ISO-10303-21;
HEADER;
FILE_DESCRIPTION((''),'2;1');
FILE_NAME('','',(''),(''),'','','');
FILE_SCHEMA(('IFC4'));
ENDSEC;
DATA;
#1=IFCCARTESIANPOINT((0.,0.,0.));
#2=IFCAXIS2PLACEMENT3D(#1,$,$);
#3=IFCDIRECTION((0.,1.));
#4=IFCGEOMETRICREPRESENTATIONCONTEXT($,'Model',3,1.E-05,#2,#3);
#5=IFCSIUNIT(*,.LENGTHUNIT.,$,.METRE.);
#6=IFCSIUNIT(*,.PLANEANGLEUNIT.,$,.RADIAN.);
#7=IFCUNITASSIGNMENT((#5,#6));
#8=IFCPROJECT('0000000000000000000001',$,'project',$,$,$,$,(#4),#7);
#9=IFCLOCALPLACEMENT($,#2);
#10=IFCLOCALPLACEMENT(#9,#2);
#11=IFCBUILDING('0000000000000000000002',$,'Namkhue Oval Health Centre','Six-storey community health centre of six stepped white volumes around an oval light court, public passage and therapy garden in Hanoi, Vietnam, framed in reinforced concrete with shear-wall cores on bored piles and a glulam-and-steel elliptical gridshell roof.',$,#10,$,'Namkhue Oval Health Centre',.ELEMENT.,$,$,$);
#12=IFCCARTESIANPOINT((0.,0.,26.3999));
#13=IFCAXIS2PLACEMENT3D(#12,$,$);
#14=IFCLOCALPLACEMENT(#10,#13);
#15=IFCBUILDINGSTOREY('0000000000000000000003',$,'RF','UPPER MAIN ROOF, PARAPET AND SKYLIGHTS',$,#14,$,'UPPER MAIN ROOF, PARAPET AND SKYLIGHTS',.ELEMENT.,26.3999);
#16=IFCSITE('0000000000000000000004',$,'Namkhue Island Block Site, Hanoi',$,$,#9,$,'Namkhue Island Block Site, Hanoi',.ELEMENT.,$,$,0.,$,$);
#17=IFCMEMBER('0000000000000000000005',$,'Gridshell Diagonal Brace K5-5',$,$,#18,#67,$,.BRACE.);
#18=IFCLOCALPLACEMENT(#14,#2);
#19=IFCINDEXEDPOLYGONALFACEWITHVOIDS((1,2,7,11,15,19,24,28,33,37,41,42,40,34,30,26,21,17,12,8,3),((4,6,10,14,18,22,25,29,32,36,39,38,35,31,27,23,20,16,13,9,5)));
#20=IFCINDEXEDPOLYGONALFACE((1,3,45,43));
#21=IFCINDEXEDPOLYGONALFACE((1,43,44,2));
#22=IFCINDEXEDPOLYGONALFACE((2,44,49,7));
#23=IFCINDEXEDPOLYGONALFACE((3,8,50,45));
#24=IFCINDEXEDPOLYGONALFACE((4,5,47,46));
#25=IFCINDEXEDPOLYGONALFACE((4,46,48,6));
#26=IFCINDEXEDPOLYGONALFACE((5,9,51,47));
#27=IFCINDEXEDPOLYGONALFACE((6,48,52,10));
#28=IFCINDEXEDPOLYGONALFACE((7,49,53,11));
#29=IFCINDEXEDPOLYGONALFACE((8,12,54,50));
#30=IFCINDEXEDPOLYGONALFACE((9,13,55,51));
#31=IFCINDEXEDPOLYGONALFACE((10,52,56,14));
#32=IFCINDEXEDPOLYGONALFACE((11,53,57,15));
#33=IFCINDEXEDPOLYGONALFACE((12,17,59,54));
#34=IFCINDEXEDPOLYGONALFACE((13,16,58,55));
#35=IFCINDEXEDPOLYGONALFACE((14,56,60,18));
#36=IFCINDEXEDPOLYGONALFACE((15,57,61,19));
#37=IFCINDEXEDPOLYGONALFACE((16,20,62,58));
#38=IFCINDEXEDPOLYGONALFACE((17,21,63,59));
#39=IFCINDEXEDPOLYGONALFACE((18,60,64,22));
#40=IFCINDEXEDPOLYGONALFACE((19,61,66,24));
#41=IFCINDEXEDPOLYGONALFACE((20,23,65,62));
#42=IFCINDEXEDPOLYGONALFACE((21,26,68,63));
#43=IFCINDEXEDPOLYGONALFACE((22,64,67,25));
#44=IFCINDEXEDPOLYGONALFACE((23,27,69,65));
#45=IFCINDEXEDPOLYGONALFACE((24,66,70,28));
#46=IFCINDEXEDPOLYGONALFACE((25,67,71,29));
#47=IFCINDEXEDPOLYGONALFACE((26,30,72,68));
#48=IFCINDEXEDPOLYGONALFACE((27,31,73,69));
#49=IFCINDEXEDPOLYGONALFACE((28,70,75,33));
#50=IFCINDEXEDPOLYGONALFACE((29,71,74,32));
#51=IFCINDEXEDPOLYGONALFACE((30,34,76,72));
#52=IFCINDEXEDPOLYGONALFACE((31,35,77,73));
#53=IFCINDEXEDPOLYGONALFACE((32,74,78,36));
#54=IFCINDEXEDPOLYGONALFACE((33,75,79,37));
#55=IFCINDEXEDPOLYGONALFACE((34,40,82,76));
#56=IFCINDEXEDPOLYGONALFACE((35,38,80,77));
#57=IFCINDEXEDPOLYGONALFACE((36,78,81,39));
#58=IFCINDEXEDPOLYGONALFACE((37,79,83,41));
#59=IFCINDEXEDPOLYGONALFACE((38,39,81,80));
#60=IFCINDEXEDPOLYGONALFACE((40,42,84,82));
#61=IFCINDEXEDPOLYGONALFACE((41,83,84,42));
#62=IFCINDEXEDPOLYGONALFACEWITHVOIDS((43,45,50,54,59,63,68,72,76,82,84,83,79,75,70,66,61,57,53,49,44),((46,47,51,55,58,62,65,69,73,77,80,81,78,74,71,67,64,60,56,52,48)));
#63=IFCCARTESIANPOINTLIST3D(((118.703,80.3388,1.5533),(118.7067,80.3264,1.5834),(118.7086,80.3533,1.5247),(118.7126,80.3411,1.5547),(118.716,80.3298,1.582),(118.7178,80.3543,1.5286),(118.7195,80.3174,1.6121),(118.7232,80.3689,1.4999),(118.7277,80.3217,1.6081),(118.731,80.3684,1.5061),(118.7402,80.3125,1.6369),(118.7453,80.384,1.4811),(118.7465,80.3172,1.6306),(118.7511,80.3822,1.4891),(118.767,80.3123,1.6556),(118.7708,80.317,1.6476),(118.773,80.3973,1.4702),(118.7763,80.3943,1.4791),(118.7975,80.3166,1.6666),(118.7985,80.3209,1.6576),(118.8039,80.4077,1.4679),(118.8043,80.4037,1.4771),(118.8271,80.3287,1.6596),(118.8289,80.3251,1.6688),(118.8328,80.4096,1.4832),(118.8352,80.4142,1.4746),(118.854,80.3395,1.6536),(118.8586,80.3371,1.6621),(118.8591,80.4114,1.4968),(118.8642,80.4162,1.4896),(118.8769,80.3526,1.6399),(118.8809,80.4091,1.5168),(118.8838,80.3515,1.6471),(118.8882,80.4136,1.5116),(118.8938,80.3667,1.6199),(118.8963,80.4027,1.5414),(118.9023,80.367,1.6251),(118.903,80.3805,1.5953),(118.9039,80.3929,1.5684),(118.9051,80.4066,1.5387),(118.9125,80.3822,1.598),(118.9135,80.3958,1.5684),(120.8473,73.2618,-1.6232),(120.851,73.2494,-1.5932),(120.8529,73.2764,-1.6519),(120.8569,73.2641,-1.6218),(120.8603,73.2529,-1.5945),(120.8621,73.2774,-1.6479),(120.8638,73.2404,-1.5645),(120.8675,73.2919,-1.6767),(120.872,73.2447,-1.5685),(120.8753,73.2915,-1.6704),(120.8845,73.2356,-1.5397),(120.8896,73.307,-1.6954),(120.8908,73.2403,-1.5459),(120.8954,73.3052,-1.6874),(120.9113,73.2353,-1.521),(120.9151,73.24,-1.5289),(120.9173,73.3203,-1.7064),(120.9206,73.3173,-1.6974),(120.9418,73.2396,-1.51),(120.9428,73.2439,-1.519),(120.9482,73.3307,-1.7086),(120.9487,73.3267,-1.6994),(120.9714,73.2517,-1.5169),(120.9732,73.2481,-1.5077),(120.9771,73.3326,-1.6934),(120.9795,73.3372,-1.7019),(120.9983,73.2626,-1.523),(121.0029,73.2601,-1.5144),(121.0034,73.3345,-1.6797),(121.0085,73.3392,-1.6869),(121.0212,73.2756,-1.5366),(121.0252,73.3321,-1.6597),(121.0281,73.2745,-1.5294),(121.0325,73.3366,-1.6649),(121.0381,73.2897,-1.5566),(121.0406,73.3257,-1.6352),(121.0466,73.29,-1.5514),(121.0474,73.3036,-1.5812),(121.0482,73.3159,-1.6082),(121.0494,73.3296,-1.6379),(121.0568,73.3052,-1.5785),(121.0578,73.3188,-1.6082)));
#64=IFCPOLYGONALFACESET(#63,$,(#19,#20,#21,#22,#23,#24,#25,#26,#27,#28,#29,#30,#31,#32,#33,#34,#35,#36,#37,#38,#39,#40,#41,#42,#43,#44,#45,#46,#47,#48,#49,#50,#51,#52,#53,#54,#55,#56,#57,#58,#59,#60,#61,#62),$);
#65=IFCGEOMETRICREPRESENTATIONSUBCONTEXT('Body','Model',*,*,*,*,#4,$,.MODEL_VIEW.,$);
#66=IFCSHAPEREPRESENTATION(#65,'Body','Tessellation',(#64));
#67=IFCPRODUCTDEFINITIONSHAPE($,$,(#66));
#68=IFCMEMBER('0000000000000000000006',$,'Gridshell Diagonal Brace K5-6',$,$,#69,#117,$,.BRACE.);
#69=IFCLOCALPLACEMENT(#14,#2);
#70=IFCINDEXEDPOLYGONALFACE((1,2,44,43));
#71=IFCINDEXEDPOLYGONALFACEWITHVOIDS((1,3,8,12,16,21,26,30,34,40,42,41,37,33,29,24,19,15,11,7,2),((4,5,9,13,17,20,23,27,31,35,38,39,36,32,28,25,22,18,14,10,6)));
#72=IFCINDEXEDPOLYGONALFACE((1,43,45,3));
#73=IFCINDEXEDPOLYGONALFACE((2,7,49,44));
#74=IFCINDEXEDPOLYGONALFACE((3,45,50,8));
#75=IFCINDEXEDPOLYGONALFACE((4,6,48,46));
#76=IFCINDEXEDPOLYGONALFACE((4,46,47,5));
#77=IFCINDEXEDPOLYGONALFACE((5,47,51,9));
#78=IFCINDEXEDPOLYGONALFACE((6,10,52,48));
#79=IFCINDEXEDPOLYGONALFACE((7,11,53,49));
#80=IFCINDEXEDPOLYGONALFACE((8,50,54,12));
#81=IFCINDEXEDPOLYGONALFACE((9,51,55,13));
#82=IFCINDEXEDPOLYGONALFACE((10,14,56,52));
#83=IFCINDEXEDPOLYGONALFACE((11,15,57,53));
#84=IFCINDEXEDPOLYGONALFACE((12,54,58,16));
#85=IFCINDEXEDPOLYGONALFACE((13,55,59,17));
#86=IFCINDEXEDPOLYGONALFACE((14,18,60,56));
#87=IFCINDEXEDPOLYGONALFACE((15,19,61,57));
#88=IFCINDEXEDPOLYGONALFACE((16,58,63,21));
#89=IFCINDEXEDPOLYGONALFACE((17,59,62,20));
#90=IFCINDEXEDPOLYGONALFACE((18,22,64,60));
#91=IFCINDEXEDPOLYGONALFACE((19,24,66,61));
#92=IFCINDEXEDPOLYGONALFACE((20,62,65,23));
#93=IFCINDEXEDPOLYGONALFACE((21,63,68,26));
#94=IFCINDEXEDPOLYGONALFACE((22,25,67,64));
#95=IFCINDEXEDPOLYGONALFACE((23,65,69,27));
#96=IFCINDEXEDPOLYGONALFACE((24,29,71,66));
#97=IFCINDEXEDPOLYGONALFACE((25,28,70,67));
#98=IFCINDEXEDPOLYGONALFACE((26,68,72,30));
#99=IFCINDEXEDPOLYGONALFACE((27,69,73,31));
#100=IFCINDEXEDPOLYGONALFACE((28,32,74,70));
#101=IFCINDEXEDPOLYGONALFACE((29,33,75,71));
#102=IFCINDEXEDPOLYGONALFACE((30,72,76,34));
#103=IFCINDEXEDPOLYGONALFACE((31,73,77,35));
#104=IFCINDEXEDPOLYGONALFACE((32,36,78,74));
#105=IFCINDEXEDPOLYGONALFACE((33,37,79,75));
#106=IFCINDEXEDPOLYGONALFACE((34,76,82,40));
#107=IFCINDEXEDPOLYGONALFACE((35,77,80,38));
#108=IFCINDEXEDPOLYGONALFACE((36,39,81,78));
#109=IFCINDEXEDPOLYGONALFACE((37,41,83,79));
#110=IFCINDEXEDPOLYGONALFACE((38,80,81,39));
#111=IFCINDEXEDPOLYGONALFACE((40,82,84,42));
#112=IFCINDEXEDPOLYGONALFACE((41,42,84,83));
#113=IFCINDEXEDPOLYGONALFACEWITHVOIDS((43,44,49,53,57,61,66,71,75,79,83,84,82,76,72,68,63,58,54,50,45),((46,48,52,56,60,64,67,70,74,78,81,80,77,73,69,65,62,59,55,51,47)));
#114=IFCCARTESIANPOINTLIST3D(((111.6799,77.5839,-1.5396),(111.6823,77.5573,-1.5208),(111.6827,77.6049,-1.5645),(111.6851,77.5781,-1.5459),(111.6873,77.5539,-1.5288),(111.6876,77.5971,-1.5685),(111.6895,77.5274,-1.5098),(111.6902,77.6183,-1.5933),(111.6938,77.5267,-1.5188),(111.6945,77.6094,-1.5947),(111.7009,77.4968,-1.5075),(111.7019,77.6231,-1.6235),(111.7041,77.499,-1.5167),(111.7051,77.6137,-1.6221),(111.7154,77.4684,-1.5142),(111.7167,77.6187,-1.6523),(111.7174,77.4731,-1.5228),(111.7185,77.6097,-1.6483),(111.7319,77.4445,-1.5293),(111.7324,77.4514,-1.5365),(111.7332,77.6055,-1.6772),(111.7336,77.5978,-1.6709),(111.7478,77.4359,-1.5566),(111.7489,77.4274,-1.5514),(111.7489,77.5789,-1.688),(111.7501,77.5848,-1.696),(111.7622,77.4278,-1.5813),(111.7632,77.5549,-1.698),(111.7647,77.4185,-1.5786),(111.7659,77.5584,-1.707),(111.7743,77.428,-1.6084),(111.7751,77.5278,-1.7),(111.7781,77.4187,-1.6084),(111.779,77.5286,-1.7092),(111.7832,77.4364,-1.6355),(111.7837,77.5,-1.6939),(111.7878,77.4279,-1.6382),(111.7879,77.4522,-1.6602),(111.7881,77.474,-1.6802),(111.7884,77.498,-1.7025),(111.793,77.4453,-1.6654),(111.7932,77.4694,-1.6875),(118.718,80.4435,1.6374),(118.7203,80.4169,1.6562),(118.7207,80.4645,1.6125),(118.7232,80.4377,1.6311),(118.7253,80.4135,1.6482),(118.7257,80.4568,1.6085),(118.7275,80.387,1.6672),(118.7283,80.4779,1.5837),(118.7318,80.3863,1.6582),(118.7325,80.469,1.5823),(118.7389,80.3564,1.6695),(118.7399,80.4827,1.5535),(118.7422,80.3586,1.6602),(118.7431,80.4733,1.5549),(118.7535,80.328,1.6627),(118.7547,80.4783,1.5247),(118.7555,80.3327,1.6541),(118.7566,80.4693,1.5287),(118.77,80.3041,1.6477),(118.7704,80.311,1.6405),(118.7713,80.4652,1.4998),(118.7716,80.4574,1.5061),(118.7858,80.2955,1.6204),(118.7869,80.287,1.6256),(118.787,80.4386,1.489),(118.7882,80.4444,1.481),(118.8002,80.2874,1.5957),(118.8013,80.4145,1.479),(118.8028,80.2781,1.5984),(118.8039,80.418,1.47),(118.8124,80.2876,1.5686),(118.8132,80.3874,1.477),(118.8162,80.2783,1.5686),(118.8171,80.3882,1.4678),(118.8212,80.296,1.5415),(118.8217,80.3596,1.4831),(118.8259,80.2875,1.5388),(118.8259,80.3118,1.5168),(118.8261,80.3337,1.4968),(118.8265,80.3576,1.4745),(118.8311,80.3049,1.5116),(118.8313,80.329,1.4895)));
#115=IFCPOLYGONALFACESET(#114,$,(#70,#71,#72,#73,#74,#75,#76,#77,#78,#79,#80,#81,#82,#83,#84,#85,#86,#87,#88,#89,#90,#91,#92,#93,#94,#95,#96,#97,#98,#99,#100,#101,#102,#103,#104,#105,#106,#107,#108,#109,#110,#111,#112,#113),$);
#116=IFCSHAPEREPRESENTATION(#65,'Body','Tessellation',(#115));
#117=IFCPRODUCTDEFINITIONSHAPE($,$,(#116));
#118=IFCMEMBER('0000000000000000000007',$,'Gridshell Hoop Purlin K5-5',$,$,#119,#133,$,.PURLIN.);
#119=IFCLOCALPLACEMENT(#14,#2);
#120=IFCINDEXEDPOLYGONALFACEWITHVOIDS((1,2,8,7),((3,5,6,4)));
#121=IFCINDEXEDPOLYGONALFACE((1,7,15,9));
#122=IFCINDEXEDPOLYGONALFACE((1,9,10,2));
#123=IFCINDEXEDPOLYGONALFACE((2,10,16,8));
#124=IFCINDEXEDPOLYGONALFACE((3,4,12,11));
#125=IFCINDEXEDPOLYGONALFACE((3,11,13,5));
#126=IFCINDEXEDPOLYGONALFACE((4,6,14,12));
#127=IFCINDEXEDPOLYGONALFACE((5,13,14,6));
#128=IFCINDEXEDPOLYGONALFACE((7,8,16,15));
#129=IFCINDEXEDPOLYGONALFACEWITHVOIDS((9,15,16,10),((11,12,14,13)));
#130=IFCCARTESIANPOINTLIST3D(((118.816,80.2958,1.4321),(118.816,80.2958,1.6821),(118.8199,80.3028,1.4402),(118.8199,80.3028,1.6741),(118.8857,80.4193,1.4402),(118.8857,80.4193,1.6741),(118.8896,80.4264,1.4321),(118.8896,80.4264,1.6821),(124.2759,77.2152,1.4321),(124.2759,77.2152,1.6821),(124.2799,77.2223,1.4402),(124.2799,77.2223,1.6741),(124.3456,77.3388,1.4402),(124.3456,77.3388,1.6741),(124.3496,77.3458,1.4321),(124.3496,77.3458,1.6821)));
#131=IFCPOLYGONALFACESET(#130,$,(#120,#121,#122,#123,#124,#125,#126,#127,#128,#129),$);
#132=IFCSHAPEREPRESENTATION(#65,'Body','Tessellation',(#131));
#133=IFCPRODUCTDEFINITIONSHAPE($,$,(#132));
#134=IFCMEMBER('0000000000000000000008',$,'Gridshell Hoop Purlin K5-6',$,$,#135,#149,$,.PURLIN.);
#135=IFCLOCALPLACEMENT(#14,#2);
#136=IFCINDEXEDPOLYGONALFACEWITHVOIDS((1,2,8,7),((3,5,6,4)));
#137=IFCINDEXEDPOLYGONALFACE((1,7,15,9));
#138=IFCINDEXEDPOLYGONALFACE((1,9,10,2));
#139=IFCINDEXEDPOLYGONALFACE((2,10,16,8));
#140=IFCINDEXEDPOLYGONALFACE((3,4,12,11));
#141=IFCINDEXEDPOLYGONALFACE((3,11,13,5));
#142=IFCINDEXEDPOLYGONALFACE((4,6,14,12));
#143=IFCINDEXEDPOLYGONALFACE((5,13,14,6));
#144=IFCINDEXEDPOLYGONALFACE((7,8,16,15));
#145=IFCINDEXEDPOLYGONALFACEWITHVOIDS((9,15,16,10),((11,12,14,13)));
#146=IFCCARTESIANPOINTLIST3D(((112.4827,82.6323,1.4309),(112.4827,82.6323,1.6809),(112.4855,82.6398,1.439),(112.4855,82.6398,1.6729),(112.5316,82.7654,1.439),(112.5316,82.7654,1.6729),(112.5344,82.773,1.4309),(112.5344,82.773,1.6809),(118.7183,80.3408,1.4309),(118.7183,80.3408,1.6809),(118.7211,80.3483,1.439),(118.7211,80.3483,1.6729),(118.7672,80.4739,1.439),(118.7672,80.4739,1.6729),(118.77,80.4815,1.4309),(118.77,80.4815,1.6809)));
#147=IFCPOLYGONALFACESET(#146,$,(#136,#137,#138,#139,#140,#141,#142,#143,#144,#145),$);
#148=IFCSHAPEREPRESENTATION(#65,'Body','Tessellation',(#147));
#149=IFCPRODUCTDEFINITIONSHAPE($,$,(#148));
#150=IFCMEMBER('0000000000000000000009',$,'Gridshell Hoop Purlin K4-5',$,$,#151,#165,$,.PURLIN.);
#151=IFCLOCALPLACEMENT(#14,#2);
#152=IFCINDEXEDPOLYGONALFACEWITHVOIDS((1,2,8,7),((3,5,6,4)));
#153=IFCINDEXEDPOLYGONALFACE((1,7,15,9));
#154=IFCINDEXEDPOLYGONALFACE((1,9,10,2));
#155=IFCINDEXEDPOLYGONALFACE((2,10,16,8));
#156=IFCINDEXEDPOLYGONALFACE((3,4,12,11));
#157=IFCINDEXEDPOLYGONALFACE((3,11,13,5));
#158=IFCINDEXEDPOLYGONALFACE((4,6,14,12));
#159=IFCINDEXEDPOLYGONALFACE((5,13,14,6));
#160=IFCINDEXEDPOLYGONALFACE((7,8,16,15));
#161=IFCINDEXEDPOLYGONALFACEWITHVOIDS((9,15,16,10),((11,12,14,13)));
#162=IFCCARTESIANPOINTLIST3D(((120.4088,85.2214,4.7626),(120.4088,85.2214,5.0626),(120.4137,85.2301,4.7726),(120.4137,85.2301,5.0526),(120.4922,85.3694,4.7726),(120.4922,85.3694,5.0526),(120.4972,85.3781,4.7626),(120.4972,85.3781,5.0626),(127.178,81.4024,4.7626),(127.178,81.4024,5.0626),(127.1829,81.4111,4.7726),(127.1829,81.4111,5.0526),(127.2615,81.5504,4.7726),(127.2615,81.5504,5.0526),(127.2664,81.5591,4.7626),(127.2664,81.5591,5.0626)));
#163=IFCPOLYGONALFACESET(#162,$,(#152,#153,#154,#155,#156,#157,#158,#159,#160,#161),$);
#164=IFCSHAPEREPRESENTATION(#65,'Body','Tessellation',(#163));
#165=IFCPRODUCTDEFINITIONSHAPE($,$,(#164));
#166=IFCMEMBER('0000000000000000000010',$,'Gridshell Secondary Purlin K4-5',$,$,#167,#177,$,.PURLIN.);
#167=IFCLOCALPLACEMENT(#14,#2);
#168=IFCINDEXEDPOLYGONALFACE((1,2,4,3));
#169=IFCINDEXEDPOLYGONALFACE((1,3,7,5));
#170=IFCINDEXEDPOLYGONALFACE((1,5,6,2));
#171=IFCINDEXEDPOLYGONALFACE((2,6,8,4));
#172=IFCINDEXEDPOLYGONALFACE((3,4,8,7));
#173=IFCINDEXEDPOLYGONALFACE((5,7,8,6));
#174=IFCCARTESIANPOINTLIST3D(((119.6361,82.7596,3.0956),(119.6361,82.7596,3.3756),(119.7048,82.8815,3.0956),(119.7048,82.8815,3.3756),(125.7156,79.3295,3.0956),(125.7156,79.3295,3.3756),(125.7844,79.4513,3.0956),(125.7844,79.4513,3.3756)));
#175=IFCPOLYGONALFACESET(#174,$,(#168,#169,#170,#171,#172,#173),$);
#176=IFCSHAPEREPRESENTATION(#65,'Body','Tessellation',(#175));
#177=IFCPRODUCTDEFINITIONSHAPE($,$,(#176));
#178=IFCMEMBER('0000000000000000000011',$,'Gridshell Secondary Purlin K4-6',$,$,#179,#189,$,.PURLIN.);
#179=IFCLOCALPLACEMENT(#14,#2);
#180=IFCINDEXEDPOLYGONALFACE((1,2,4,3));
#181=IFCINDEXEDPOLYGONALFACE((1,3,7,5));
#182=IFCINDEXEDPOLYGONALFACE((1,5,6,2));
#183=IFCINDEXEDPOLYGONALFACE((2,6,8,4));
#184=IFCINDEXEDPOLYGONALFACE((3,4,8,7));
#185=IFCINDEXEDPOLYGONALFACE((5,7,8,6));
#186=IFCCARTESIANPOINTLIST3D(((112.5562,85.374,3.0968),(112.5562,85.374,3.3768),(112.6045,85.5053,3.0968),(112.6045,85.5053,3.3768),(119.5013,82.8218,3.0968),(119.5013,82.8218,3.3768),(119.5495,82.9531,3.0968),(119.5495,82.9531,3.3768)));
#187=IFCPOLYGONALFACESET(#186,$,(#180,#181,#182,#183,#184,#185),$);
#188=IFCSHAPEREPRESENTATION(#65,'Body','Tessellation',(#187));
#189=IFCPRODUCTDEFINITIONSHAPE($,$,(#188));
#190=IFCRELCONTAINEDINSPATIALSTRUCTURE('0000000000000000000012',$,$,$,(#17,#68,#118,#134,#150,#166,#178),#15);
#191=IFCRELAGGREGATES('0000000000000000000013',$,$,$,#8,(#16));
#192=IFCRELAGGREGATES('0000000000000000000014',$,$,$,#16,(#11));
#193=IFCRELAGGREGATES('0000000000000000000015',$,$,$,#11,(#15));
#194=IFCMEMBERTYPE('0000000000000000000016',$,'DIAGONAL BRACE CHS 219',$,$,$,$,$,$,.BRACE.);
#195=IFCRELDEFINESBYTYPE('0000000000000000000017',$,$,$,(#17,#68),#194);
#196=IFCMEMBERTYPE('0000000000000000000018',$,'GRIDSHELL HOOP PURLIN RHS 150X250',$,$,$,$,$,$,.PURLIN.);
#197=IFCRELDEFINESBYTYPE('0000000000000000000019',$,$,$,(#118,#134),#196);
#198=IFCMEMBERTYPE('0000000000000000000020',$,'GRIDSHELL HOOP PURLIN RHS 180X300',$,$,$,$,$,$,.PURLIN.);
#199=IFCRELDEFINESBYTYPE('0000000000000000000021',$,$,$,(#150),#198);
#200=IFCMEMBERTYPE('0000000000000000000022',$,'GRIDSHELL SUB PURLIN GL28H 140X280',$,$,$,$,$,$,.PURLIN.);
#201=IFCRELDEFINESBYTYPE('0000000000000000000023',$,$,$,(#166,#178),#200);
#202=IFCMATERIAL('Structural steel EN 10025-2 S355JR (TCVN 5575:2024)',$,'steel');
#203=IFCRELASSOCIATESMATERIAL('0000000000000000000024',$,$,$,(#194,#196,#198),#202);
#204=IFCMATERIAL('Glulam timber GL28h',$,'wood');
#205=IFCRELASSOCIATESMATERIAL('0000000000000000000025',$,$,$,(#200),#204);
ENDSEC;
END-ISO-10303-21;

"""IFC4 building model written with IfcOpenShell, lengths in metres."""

from ifc_helpers import new_model, si_unit, direction, frame, origin, origin_2d, place, context, subcontext, project, spatial, rectangle, hollow_rectangle, hollow_circle, extrude, material, material_profile, profile_set, type_object, element, save


model = new_model("IFC4")

# Units and contexts
model_context = context("Model", 3, precision=1e-05, world=origin(), true_north=direction((0.0, 1.0)))
body_context = subcontext(model_context, "Body", "Model", "MODEL_VIEW")
ifc_project = project(units=[si_unit("LENGTHUNIT", "METRE"), si_unit("PLANEANGLEUNIT", "RADIAN")], contexts=[model_context])

# Site, building, storey
site_placement = place(None, origin())
site = spatial("IfcSite", under=ifc_project, at=site_placement, Name="Namkhue Island Block Site, Hanoi", LongName="Namkhue Island Block Site, Hanoi", CompositionType="ELEMENT", RefElevation=0.0)
building_placement = place(site_placement, origin())
building = spatial("IfcBuilding", under=site, at=building_placement, Name="Namkhue Oval Health Centre", Description="Six-storey community health centre of six stepped white volumes around an oval light court, public passage and therapy garden in Hanoi, Vietnam, framed in reinforced concrete with shear-wall cores on bored piles and a glulam-and-steel elliptical gridshell roof.", LongName="Namkhue Oval Health Centre", CompositionType="ELEMENT")
storey_placement = place(building_placement, frame((0.0, 0.0, 26.3999)))
storey = spatial("IfcBuildingStorey", under=building, at=storey_placement, Name="RF", Description="UPPER MAIN ROOF, PARAPET AND SKYLIGHTS", LongName="UPPER MAIN ROOF, PARAPET AND SKYLIGHTS", CompositionType="ELEMENT", Elevation=26.3999)

# Members
ifc_material_1 = material(Name="Structural steel EN 10025-2 S355JR (TCVN 5575:2024)", Category="steel")
ifc_material_profile_1 = material_profile(ifc_material_1, hollow_circle(Radius=0.1096, WallThickness=0.01, at=origin_2d()), Name="CHS 219.1x10")
ifc_profile_set_1 = profile_set([ifc_material_profile_1], Name="Structural steel EN 10025-2 S355JR (TCVN 5575:2024)")
member_type_1 = type_object("IfcMemberType", Name="DIAGONAL BRACE CHS 219", PredefinedType="BRACE", material=ifc_profile_set_1)
member_1_placement = place(storey_placement, frame((118.8086, 80.364, 1.5684), z_axis=(0.266436, -0.879334, -0.394695), x_axis=(0.957033, 0.289979, 0.0)))
element("IfcMember", 1, at=member_1_placement, inside=storey, type_object=member_type_1, Name="Gridshell Diagonal Brace K5-5", PredefinedType="BRACE", context=body_context, shape_type="SweptSolid", body=[
    extrude(hollow_circle(Radius=0.1096, WallThickness=0.01, at=origin_2d()), origin(), (0.0, 0.0, 1.0), 8.0481),
])
member_2_placement = place(storey_placement, frame((118.7749, 80.3799, 1.5686), z_axis=(-0.854717, -0.347277, -0.38582), x_axis=(0.376422, -0.926448, 0.0)))
element("IfcMember", 2, at=member_2_placement, inside=storey, type_object=member_type_1, Name="Gridshell Diagonal Brace K5-6", PredefinedType="BRACE", context=body_context, shape_type="SweptSolid", body=[
    extrude(hollow_circle(Radius=0.1096, WallThickness=0.01, at=origin_2d()), origin(), (0.0, 0.0, 1.0), 8.2344),
])
ifc_material_profile_2 = material_profile(ifc_material_1, hollow_rectangle(XDim=0.1499, YDim=0.25, WallThickness=0.0081, at=origin_2d()), Name="RHS 150x250x8")
ifc_profile_set_2 = profile_set([ifc_material_profile_2], Name="Structural steel EN 10025-2 S355JR (TCVN 5575:2024)")
member_type_2 = type_object("IfcMemberType", Name="GRIDSHELL HOOP PURLIN RHS 150X250", PredefinedType="PURLIN", material=ifc_profile_set_2)
member_3_placement = place(storey_placement, frame((124.3127, 77.2805, 1.5571), z_axis=(-0.870938, 0.491392, 0.0), x_axis=(-0.491392, -0.870938, 0.0)))
element("IfcMember", 3, at=member_3_placement, inside=storey, type_object=member_type_2, Name="Gridshell Hoop Purlin K5-5", PredefinedType="PURLIN", context=body_context, shape_type="SweptSolid", body=[
    extrude(hollow_rectangle(XDim=0.1499, YDim=0.25, WallThickness=0.0081, at=origin_2d()), origin(), (0.0, 0.0, 1.0), 6.269),
])
member_4_placement = place(storey_placement, frame((118.7441, 80.4111, 1.5559), z_axis=(-0.938627, 0.344934, 0.0), x_axis=(-0.344934, -0.938627, 0.0)))
element("IfcMember", 4, at=member_4_placement, inside=storey, type_object=member_type_2, Name="Gridshell Hoop Purlin K5-6", PredefinedType="PURLIN", context=body_context, shape_type="SweptSolid", body=[
    extrude(hollow_rectangle(XDim=0.1499, YDim=0.25, WallThickness=0.0081, at=origin_2d()), origin(), (0.0, 0.0, 1.0), 6.6433),
])
ifc_material_profile_3 = material_profile(ifc_material_1, hollow_rectangle(XDim=0.1799, YDim=0.3, WallThickness=0.01, at=origin_2d()), Name="RHS 180x300x10")
ifc_profile_set_3 = profile_set([ifc_material_profile_3], Name="Structural steel EN 10025-2 S355JR (TCVN 5575:2024)")
member_type_3 = type_object("IfcMemberType", Name="GRIDSHELL HOOP PURLIN RHS 180X300", PredefinedType="PURLIN", material=ifc_profile_set_3)
member_5_placement = place(storey_placement, frame((127.2222, 81.4807, 4.9126), z_axis=(-0.87095, 0.491372, 0.0), x_axis=(-0.491372, -0.87095, 0.0)))
element("IfcMember", 5, at=member_5_placement, inside=storey, type_object=member_type_3, Name="Gridshell Hoop Purlin K4-5", PredefinedType="PURLIN", context=body_context, shape_type="SweptSolid", body=[
    extrude(hollow_rectangle(XDim=0.1799, YDim=0.3, WallThickness=0.01, at=origin_2d()), origin(), (0.0, 0.0, 1.0), 7.7722),
])
ifc_material_2 = material(Name="Glulam timber GL28h", Category="wood")
ifc_material_profile_4 = material_profile(ifc_material_2, rectangle(XDim=0.1399, YDim=0.28, at=origin_2d()), Name="GL28h 140x280")
ifc_profile_set_4 = profile_set([ifc_material_profile_4], Name="Glulam timber GL28h")
member_type_4 = type_object("IfcMemberType", Name="GRIDSHELL SUB PURLIN GL28H 140X280", PredefinedType="PURLIN", material=ifc_profile_set_4)
member_6_placement = place(storey_placement, frame((125.75, 79.3904, 3.2356), z_axis=(-0.870938, 0.491393, 0.0), x_axis=(-0.491393, -0.870938, 0.0)))
element("IfcMember", 6, at=member_6_placement, inside=storey, type_object=member_type_4, Name="Gridshell Secondary Purlin K4-5", PredefinedType="PURLIN", context=body_context, shape_type="SweptSolid", body=[
    extrude(rectangle(XDim=0.1399, YDim=0.28, at=origin_2d()), origin(), (0.0, 0.0, 1.0), 6.9805),
])
member_7_placement = place(storey_placement, frame((119.5254, 82.8875, 3.2368), z_axis=(-0.938626, 0.344936, 0.0), x_axis=(-0.344936, -0.938626, 0.0)))
element("IfcMember", 7, at=member_7_placement, inside=storey, type_object=member_type_4, Name="Gridshell Secondary Purlin K4-6", PredefinedType="PURLIN", context=body_context, shape_type="SweptSolid", body=[
    extrude(rectangle(XDim=0.1399, YDim=0.28, at=origin_2d()), origin(), (0.0, 0.0, 1.0), 7.3992),
])

save(model, "model.ifc")
